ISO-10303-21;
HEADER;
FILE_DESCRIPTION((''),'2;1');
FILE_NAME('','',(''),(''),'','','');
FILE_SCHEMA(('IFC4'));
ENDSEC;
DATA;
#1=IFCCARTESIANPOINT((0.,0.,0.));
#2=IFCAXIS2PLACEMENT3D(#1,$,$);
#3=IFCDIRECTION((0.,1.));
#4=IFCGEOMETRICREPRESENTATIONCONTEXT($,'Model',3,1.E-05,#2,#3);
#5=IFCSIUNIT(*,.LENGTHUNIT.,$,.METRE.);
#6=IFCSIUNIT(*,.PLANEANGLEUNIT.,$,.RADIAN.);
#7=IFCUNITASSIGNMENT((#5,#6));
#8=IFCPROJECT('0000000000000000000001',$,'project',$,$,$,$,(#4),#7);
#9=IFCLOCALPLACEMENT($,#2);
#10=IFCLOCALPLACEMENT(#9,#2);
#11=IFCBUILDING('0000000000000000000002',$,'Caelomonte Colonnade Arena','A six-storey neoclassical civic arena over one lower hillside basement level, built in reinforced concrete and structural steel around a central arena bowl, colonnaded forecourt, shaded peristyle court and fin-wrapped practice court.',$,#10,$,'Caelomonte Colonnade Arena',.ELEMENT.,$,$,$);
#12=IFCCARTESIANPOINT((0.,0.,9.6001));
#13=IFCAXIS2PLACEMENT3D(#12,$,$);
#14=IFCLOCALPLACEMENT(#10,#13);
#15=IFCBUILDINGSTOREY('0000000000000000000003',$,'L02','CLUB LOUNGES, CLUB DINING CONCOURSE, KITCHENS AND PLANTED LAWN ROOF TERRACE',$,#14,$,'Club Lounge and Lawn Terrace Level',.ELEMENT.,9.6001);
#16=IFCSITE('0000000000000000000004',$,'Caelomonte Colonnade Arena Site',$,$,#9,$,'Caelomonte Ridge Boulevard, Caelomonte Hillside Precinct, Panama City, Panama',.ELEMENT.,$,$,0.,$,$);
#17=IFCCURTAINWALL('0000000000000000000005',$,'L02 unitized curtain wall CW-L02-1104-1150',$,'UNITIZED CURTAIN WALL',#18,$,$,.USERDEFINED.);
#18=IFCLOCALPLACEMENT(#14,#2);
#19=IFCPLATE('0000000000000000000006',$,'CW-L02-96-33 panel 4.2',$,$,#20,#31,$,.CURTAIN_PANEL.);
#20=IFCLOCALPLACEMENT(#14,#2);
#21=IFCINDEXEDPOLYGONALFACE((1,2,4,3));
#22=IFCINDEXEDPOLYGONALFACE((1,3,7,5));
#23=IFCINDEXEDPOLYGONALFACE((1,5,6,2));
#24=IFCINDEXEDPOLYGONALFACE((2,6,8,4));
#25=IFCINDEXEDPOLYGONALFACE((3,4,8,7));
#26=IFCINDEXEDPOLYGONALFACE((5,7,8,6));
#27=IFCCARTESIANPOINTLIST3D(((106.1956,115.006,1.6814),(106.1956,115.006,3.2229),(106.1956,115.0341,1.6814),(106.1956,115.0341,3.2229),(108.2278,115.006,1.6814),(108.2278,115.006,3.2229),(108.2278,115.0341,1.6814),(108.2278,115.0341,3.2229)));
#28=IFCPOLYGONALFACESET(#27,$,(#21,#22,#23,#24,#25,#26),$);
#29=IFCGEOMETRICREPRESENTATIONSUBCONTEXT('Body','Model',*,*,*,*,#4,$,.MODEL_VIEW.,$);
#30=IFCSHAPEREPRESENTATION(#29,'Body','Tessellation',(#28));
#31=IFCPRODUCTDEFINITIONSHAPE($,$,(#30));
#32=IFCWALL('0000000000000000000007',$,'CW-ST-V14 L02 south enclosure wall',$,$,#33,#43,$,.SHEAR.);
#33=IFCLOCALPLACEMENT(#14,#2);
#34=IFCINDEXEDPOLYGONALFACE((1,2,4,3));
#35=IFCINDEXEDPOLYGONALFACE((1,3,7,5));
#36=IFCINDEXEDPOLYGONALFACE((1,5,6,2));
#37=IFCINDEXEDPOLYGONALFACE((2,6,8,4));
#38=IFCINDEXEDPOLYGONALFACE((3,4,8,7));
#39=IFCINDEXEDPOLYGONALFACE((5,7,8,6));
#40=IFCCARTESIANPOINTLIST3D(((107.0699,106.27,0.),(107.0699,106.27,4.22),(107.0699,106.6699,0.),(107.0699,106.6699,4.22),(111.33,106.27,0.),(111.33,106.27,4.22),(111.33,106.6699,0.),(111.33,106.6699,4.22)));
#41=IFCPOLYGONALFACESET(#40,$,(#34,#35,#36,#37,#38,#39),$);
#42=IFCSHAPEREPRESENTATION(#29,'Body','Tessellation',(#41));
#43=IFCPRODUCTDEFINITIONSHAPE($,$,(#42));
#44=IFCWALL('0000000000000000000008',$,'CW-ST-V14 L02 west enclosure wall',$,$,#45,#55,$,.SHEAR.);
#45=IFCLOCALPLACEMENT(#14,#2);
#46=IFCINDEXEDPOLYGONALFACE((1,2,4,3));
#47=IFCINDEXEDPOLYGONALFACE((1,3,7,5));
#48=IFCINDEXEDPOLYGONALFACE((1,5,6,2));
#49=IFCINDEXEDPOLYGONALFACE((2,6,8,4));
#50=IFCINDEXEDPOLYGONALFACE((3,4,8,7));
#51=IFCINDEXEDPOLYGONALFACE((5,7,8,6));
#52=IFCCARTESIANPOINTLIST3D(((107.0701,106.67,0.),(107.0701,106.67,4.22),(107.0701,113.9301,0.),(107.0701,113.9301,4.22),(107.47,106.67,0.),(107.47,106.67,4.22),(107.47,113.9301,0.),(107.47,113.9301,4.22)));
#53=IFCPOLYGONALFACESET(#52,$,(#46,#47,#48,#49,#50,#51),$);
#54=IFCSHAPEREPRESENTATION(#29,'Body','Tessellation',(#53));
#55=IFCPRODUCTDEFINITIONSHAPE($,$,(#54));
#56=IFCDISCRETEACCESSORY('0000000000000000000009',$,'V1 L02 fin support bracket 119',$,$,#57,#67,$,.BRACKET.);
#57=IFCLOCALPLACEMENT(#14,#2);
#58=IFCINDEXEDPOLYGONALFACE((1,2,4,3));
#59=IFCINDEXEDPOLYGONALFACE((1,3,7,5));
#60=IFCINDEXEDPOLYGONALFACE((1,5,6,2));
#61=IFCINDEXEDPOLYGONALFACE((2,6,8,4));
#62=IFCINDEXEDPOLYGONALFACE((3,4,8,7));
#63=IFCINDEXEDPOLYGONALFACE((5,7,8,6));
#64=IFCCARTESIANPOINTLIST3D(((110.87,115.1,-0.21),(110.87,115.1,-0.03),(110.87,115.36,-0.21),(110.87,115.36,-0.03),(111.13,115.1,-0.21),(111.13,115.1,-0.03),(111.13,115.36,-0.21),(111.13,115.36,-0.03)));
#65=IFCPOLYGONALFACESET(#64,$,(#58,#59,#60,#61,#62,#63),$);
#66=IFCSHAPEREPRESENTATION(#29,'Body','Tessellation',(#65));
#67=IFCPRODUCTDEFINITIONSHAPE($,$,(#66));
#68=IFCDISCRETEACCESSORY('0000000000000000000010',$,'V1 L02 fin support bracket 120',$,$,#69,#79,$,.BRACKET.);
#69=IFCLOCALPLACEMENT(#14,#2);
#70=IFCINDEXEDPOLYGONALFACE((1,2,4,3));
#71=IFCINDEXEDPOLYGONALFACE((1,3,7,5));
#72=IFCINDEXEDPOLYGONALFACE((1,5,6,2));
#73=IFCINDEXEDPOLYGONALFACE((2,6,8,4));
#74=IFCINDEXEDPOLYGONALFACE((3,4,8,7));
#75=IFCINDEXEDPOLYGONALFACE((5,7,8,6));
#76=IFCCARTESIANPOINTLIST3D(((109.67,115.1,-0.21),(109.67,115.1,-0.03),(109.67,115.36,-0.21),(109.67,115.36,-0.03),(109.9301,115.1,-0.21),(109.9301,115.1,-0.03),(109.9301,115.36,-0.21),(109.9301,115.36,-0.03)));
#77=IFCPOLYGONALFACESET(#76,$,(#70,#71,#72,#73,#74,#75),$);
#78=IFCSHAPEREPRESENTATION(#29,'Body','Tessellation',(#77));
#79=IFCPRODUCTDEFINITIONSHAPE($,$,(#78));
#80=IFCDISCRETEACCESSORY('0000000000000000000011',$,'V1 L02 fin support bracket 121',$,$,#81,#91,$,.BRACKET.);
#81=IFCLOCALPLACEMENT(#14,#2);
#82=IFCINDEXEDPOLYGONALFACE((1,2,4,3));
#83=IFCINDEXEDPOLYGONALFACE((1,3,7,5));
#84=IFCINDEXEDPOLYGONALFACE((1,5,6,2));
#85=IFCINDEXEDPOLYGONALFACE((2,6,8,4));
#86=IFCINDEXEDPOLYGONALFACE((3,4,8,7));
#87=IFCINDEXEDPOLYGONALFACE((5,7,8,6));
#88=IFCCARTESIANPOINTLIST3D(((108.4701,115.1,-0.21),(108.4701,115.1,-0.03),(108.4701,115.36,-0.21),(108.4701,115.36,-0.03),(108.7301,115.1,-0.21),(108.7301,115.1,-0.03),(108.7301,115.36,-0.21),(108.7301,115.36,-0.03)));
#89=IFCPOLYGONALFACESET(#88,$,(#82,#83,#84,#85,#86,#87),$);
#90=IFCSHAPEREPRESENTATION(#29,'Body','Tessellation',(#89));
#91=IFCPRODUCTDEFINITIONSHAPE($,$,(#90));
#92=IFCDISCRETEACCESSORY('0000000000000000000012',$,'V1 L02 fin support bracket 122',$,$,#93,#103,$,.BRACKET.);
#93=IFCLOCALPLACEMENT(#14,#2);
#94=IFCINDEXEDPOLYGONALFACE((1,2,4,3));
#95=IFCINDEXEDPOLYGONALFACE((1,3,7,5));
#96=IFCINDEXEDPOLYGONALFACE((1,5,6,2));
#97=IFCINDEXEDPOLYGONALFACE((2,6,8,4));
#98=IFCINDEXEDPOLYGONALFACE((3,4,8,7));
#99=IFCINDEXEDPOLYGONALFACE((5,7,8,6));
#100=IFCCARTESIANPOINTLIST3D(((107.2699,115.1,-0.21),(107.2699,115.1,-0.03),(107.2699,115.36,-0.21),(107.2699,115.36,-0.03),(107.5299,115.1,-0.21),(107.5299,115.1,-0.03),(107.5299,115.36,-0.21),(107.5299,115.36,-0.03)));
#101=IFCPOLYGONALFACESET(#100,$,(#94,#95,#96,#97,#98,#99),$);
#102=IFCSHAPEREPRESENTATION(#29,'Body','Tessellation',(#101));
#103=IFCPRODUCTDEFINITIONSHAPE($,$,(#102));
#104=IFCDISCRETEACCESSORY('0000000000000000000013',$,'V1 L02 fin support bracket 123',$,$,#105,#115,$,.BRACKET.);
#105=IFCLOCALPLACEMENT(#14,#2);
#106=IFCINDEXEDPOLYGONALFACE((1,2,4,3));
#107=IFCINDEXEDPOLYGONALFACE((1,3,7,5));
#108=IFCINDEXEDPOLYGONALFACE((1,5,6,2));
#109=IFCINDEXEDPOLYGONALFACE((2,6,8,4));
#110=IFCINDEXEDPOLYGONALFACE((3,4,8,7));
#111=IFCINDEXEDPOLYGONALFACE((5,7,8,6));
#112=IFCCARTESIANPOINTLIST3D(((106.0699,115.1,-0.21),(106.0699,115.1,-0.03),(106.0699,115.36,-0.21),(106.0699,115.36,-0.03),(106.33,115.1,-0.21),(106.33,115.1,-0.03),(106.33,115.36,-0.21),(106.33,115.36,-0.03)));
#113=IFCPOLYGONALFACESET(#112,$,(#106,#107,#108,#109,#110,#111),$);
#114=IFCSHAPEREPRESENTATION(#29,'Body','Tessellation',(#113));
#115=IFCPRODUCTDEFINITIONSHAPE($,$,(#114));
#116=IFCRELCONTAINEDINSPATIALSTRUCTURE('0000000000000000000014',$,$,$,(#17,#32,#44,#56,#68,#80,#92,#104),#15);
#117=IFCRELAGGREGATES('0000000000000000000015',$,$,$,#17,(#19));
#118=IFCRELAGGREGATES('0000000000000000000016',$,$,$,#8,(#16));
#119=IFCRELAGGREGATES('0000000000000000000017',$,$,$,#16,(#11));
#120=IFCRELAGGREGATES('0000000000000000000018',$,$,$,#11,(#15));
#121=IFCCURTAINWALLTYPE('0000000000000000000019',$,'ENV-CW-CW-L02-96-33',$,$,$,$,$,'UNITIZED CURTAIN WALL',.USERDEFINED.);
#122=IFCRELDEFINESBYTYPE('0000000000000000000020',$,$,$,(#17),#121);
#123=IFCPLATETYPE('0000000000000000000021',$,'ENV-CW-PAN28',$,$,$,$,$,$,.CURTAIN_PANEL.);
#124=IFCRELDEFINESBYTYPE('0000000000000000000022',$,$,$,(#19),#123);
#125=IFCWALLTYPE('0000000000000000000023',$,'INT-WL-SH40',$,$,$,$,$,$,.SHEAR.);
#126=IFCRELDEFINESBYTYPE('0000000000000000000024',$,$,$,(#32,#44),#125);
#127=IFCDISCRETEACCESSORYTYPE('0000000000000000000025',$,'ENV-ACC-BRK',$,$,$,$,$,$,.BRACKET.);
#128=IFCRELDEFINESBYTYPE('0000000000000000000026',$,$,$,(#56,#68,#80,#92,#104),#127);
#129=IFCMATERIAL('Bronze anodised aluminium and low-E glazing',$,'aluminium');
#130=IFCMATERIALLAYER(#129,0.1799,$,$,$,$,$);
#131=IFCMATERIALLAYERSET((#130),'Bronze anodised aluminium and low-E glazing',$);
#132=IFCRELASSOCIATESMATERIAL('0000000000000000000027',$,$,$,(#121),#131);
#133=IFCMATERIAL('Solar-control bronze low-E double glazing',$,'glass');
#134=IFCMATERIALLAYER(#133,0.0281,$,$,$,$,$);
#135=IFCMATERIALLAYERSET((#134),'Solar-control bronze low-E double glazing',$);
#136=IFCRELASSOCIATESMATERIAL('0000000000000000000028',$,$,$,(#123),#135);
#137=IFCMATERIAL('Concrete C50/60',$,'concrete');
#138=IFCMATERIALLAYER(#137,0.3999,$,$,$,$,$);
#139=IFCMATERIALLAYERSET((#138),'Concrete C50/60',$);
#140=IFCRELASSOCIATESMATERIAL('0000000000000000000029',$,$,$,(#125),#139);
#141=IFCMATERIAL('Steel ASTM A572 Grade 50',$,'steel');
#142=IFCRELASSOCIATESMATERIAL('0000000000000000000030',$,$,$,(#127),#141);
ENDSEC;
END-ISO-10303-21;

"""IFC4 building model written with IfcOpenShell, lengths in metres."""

from ifc_helpers import new_model, si_unit, direction, frame, frame_2d, origin, origin_2d, place, context, subcontext, project, spatial, rectangle, extrude, material, layer, layer_set, type_object, element, aggregate, save


model = new_model("IFC4")

# Units and contexts
model_context = context("Model", 3, precision=1e-05, world=origin(), true_north=direction((0.0, 1.0)))
body_context = subcontext(model_context, "Body", "Model", "MODEL_VIEW")
ifc_project = project(units=[si_unit("LENGTHUNIT", "METRE"), si_unit("PLANEANGLEUNIT", "RADIAN")], contexts=[model_context])

# Site, building, storey
site_placement = place(None, origin())
site = spatial("IfcSite", under=ifc_project, at=site_placement, Name="Caelomonte Colonnade Arena Site", LongName="Caelomonte Ridge Boulevard, Caelomonte Hillside Precinct, Panama City, Panama", CompositionType="ELEMENT", RefElevation=0.0)
building_placement = place(site_placement, origin())
building = spatial("IfcBuilding", under=site, at=building_placement, Name="Caelomonte Colonnade Arena", Description="A six-storey neoclassical civic arena over one lower hillside basement level, built in reinforced concrete and structural steel around a central arena bowl, colonnaded forecourt, shaded peristyle court and fin-wrapped practice court.", LongName="Caelomonte Colonnade Arena", CompositionType="ELEMENT")
storey_placement = place(building_placement, frame((0.0, 0.0, 9.6001)))
storey = spatial("IfcBuildingStorey", under=building, at=storey_placement, Name="L02", Description="CLUB LOUNGES, CLUB DINING CONCOURSE, KITCHENS AND PLANTED LAWN ROOF TERRACE", LongName="Club Lounge and Lawn Terrace Level", CompositionType="ELEMENT", Elevation=9.6001)

# Curtain wall
ifc_material_1 = material(Name="Bronze anodised aluminium and low-E glazing", Category="aluminium")
ifc_layer_1 = layer(ifc_material_1, 0.1799)
ifc_layer_set_1 = layer_set([ifc_layer_1], Name="Bronze anodised aluminium and low-E glazing")
curtain_wall_type = type_object("IfcCurtainWallType", Name="ENV-CW-CW-L02-96-33", ElementType="UNITIZED CURTAIN WALL", PredefinedType="USERDEFINED", material=ifc_layer_set_1)
curtain_wall_placement = place(storey_placement, origin())
curtain_wall = element("IfcCurtainWall", 1, at=curtain_wall_placement, inside=storey, type_object=curtain_wall_type, Name="L02 unitized curtain wall CW-L02-1104-1150", ObjectType="UNITIZED CURTAIN WALL", PredefinedType="USERDEFINED")

# Plate
ifc_material_2 = material(Name="Solar-control bronze low-E double glazing", Category="glass")
ifc_layer_2 = layer(ifc_material_2, 0.0281)
ifc_layer_set_2 = layer_set([ifc_layer_2], Name="Solar-control bronze low-E double glazing")
plate_type = type_object("IfcPlateType", Name="ENV-CW-PAN28", PredefinedType="CURTAIN_PANEL", material=ifc_layer_set_2)
plate_1_placement = place(storey_placement, frame((107.2117, 115.02, 1.6814), z_axis=(0.0, 0.0, 1.0), x_axis=(-1.0, 0.0, 0.0)))
plate_1 = element("IfcPlate", 2, at=plate_1_placement, type_object=plate_type, Name="CW-L02-96-33 panel 4.2", PredefinedType="CURTAIN_PANEL", context=body_context, shape_type="SweptSolid", body=[
    extrude(rectangle(XDim=2.0322, YDim=0.0281, at=origin_2d()), origin(), (0.0, 0.0, 1.0), 1.5415),
])
aggregate(curtain_wall, [plate_1])

# Walls
ifc_material_3 = material(Name="Concrete C50/60", Category="concrete")
ifc_layer_3 = layer(ifc_material_3, 0.3999)
ifc_layer_set_3 = layer_set([ifc_layer_3], Name="Concrete C50/60")
wall_type = type_object("IfcWallType", Name="INT-WL-SH40", PredefinedType="SHEAR", material=ifc_layer_set_3)
wall_1_placement = place(storey_placement, frame((107.0701, 106.47, 0.0), z_axis=(0.0, 0.0, 1.0), x_axis=(1.0, 0.0, 0.0)))
element("IfcWall", 3, at=wall_1_placement, inside=storey, type_object=wall_type, Name="CW-ST-V14 L02 south enclosure wall", PredefinedType="SHEAR", context=body_context, shape_type="SweptSolid", body=[
    extrude(rectangle(XDim=4.26, YDim=0.3999, at=frame_2d((2.1299, 0.0))), origin(), (0.0, 0.0, 1.0), 4.22),
])
wall_2_placement = place(storey_placement, frame((107.27, 113.9299, 0.0), z_axis=(0.0, 0.0, 1.0), x_axis=(0.0, -1.0, 0.0)))
element("IfcWall", 4, at=wall_2_placement, inside=storey, type_object=wall_type, Name="CW-ST-V14 L02 west enclosure wall", PredefinedType="SHEAR", context=body_context, shape_type="SweptSolid", body=[
    extrude(rectangle(XDim=7.26, YDim=0.3999, at=frame_2d((3.6299, 0.0))), origin(), (0.0, 0.0, 1.0), 4.22),
])

# Discrete accessories
ifc_material_4 = material(Name="Steel ASTM A572 Grade 50", Category="steel")
discrete_accessory_type = type_object("IfcDiscreteAccessoryType", Name="ENV-ACC-BRK", PredefinedType="BRACKET", material=ifc_material_4)
for number, where, z_axis, x_axis, name in (
    (5, (111.0, 115.23, -0.21), (0.0, 0.0, 1.0), (-1.0, 0.0, 0.0), "V1 L02 fin support bracket 119"),
    (6, (109.8, 115.23, -0.21), (0.0, 0.0, 1.0), (-1.0, 0.0, 0.0), "V1 L02 fin support bracket 120"),
    (7, (108.6001, 115.23, -0.21), (0.0, 0.0, 1.0), (-1.0, 0.0, 0.0), "V1 L02 fin support bracket 121"),
    (8, (107.3999, 115.23, -0.21), (0.0, 0.0, 1.0), (-1.0, 0.0, 0.0), "V1 L02 fin support bracket 122"),
    (9, (106.2, 115.23, -0.21), (0.0, 0.0, 1.0), (-1.0, 0.0, 0.0), "V1 L02 fin support bracket 123"),
):
    element("IfcDiscreteAccessory", number, at=place(storey_placement, frame(where, z_axis=z_axis, x_axis=x_axis)), inside=storey, type_object=discrete_accessory_type, Name=name, PredefinedType="BRACKET", context=body_context, shape_type="SweptSolid", body=[
        extrude(rectangle(XDim=0.26, YDim=0.26, at=origin_2d()), origin(), (0.0, 0.0, 1.0), 0.1799),
    ])

save(model, "model.ifc")
